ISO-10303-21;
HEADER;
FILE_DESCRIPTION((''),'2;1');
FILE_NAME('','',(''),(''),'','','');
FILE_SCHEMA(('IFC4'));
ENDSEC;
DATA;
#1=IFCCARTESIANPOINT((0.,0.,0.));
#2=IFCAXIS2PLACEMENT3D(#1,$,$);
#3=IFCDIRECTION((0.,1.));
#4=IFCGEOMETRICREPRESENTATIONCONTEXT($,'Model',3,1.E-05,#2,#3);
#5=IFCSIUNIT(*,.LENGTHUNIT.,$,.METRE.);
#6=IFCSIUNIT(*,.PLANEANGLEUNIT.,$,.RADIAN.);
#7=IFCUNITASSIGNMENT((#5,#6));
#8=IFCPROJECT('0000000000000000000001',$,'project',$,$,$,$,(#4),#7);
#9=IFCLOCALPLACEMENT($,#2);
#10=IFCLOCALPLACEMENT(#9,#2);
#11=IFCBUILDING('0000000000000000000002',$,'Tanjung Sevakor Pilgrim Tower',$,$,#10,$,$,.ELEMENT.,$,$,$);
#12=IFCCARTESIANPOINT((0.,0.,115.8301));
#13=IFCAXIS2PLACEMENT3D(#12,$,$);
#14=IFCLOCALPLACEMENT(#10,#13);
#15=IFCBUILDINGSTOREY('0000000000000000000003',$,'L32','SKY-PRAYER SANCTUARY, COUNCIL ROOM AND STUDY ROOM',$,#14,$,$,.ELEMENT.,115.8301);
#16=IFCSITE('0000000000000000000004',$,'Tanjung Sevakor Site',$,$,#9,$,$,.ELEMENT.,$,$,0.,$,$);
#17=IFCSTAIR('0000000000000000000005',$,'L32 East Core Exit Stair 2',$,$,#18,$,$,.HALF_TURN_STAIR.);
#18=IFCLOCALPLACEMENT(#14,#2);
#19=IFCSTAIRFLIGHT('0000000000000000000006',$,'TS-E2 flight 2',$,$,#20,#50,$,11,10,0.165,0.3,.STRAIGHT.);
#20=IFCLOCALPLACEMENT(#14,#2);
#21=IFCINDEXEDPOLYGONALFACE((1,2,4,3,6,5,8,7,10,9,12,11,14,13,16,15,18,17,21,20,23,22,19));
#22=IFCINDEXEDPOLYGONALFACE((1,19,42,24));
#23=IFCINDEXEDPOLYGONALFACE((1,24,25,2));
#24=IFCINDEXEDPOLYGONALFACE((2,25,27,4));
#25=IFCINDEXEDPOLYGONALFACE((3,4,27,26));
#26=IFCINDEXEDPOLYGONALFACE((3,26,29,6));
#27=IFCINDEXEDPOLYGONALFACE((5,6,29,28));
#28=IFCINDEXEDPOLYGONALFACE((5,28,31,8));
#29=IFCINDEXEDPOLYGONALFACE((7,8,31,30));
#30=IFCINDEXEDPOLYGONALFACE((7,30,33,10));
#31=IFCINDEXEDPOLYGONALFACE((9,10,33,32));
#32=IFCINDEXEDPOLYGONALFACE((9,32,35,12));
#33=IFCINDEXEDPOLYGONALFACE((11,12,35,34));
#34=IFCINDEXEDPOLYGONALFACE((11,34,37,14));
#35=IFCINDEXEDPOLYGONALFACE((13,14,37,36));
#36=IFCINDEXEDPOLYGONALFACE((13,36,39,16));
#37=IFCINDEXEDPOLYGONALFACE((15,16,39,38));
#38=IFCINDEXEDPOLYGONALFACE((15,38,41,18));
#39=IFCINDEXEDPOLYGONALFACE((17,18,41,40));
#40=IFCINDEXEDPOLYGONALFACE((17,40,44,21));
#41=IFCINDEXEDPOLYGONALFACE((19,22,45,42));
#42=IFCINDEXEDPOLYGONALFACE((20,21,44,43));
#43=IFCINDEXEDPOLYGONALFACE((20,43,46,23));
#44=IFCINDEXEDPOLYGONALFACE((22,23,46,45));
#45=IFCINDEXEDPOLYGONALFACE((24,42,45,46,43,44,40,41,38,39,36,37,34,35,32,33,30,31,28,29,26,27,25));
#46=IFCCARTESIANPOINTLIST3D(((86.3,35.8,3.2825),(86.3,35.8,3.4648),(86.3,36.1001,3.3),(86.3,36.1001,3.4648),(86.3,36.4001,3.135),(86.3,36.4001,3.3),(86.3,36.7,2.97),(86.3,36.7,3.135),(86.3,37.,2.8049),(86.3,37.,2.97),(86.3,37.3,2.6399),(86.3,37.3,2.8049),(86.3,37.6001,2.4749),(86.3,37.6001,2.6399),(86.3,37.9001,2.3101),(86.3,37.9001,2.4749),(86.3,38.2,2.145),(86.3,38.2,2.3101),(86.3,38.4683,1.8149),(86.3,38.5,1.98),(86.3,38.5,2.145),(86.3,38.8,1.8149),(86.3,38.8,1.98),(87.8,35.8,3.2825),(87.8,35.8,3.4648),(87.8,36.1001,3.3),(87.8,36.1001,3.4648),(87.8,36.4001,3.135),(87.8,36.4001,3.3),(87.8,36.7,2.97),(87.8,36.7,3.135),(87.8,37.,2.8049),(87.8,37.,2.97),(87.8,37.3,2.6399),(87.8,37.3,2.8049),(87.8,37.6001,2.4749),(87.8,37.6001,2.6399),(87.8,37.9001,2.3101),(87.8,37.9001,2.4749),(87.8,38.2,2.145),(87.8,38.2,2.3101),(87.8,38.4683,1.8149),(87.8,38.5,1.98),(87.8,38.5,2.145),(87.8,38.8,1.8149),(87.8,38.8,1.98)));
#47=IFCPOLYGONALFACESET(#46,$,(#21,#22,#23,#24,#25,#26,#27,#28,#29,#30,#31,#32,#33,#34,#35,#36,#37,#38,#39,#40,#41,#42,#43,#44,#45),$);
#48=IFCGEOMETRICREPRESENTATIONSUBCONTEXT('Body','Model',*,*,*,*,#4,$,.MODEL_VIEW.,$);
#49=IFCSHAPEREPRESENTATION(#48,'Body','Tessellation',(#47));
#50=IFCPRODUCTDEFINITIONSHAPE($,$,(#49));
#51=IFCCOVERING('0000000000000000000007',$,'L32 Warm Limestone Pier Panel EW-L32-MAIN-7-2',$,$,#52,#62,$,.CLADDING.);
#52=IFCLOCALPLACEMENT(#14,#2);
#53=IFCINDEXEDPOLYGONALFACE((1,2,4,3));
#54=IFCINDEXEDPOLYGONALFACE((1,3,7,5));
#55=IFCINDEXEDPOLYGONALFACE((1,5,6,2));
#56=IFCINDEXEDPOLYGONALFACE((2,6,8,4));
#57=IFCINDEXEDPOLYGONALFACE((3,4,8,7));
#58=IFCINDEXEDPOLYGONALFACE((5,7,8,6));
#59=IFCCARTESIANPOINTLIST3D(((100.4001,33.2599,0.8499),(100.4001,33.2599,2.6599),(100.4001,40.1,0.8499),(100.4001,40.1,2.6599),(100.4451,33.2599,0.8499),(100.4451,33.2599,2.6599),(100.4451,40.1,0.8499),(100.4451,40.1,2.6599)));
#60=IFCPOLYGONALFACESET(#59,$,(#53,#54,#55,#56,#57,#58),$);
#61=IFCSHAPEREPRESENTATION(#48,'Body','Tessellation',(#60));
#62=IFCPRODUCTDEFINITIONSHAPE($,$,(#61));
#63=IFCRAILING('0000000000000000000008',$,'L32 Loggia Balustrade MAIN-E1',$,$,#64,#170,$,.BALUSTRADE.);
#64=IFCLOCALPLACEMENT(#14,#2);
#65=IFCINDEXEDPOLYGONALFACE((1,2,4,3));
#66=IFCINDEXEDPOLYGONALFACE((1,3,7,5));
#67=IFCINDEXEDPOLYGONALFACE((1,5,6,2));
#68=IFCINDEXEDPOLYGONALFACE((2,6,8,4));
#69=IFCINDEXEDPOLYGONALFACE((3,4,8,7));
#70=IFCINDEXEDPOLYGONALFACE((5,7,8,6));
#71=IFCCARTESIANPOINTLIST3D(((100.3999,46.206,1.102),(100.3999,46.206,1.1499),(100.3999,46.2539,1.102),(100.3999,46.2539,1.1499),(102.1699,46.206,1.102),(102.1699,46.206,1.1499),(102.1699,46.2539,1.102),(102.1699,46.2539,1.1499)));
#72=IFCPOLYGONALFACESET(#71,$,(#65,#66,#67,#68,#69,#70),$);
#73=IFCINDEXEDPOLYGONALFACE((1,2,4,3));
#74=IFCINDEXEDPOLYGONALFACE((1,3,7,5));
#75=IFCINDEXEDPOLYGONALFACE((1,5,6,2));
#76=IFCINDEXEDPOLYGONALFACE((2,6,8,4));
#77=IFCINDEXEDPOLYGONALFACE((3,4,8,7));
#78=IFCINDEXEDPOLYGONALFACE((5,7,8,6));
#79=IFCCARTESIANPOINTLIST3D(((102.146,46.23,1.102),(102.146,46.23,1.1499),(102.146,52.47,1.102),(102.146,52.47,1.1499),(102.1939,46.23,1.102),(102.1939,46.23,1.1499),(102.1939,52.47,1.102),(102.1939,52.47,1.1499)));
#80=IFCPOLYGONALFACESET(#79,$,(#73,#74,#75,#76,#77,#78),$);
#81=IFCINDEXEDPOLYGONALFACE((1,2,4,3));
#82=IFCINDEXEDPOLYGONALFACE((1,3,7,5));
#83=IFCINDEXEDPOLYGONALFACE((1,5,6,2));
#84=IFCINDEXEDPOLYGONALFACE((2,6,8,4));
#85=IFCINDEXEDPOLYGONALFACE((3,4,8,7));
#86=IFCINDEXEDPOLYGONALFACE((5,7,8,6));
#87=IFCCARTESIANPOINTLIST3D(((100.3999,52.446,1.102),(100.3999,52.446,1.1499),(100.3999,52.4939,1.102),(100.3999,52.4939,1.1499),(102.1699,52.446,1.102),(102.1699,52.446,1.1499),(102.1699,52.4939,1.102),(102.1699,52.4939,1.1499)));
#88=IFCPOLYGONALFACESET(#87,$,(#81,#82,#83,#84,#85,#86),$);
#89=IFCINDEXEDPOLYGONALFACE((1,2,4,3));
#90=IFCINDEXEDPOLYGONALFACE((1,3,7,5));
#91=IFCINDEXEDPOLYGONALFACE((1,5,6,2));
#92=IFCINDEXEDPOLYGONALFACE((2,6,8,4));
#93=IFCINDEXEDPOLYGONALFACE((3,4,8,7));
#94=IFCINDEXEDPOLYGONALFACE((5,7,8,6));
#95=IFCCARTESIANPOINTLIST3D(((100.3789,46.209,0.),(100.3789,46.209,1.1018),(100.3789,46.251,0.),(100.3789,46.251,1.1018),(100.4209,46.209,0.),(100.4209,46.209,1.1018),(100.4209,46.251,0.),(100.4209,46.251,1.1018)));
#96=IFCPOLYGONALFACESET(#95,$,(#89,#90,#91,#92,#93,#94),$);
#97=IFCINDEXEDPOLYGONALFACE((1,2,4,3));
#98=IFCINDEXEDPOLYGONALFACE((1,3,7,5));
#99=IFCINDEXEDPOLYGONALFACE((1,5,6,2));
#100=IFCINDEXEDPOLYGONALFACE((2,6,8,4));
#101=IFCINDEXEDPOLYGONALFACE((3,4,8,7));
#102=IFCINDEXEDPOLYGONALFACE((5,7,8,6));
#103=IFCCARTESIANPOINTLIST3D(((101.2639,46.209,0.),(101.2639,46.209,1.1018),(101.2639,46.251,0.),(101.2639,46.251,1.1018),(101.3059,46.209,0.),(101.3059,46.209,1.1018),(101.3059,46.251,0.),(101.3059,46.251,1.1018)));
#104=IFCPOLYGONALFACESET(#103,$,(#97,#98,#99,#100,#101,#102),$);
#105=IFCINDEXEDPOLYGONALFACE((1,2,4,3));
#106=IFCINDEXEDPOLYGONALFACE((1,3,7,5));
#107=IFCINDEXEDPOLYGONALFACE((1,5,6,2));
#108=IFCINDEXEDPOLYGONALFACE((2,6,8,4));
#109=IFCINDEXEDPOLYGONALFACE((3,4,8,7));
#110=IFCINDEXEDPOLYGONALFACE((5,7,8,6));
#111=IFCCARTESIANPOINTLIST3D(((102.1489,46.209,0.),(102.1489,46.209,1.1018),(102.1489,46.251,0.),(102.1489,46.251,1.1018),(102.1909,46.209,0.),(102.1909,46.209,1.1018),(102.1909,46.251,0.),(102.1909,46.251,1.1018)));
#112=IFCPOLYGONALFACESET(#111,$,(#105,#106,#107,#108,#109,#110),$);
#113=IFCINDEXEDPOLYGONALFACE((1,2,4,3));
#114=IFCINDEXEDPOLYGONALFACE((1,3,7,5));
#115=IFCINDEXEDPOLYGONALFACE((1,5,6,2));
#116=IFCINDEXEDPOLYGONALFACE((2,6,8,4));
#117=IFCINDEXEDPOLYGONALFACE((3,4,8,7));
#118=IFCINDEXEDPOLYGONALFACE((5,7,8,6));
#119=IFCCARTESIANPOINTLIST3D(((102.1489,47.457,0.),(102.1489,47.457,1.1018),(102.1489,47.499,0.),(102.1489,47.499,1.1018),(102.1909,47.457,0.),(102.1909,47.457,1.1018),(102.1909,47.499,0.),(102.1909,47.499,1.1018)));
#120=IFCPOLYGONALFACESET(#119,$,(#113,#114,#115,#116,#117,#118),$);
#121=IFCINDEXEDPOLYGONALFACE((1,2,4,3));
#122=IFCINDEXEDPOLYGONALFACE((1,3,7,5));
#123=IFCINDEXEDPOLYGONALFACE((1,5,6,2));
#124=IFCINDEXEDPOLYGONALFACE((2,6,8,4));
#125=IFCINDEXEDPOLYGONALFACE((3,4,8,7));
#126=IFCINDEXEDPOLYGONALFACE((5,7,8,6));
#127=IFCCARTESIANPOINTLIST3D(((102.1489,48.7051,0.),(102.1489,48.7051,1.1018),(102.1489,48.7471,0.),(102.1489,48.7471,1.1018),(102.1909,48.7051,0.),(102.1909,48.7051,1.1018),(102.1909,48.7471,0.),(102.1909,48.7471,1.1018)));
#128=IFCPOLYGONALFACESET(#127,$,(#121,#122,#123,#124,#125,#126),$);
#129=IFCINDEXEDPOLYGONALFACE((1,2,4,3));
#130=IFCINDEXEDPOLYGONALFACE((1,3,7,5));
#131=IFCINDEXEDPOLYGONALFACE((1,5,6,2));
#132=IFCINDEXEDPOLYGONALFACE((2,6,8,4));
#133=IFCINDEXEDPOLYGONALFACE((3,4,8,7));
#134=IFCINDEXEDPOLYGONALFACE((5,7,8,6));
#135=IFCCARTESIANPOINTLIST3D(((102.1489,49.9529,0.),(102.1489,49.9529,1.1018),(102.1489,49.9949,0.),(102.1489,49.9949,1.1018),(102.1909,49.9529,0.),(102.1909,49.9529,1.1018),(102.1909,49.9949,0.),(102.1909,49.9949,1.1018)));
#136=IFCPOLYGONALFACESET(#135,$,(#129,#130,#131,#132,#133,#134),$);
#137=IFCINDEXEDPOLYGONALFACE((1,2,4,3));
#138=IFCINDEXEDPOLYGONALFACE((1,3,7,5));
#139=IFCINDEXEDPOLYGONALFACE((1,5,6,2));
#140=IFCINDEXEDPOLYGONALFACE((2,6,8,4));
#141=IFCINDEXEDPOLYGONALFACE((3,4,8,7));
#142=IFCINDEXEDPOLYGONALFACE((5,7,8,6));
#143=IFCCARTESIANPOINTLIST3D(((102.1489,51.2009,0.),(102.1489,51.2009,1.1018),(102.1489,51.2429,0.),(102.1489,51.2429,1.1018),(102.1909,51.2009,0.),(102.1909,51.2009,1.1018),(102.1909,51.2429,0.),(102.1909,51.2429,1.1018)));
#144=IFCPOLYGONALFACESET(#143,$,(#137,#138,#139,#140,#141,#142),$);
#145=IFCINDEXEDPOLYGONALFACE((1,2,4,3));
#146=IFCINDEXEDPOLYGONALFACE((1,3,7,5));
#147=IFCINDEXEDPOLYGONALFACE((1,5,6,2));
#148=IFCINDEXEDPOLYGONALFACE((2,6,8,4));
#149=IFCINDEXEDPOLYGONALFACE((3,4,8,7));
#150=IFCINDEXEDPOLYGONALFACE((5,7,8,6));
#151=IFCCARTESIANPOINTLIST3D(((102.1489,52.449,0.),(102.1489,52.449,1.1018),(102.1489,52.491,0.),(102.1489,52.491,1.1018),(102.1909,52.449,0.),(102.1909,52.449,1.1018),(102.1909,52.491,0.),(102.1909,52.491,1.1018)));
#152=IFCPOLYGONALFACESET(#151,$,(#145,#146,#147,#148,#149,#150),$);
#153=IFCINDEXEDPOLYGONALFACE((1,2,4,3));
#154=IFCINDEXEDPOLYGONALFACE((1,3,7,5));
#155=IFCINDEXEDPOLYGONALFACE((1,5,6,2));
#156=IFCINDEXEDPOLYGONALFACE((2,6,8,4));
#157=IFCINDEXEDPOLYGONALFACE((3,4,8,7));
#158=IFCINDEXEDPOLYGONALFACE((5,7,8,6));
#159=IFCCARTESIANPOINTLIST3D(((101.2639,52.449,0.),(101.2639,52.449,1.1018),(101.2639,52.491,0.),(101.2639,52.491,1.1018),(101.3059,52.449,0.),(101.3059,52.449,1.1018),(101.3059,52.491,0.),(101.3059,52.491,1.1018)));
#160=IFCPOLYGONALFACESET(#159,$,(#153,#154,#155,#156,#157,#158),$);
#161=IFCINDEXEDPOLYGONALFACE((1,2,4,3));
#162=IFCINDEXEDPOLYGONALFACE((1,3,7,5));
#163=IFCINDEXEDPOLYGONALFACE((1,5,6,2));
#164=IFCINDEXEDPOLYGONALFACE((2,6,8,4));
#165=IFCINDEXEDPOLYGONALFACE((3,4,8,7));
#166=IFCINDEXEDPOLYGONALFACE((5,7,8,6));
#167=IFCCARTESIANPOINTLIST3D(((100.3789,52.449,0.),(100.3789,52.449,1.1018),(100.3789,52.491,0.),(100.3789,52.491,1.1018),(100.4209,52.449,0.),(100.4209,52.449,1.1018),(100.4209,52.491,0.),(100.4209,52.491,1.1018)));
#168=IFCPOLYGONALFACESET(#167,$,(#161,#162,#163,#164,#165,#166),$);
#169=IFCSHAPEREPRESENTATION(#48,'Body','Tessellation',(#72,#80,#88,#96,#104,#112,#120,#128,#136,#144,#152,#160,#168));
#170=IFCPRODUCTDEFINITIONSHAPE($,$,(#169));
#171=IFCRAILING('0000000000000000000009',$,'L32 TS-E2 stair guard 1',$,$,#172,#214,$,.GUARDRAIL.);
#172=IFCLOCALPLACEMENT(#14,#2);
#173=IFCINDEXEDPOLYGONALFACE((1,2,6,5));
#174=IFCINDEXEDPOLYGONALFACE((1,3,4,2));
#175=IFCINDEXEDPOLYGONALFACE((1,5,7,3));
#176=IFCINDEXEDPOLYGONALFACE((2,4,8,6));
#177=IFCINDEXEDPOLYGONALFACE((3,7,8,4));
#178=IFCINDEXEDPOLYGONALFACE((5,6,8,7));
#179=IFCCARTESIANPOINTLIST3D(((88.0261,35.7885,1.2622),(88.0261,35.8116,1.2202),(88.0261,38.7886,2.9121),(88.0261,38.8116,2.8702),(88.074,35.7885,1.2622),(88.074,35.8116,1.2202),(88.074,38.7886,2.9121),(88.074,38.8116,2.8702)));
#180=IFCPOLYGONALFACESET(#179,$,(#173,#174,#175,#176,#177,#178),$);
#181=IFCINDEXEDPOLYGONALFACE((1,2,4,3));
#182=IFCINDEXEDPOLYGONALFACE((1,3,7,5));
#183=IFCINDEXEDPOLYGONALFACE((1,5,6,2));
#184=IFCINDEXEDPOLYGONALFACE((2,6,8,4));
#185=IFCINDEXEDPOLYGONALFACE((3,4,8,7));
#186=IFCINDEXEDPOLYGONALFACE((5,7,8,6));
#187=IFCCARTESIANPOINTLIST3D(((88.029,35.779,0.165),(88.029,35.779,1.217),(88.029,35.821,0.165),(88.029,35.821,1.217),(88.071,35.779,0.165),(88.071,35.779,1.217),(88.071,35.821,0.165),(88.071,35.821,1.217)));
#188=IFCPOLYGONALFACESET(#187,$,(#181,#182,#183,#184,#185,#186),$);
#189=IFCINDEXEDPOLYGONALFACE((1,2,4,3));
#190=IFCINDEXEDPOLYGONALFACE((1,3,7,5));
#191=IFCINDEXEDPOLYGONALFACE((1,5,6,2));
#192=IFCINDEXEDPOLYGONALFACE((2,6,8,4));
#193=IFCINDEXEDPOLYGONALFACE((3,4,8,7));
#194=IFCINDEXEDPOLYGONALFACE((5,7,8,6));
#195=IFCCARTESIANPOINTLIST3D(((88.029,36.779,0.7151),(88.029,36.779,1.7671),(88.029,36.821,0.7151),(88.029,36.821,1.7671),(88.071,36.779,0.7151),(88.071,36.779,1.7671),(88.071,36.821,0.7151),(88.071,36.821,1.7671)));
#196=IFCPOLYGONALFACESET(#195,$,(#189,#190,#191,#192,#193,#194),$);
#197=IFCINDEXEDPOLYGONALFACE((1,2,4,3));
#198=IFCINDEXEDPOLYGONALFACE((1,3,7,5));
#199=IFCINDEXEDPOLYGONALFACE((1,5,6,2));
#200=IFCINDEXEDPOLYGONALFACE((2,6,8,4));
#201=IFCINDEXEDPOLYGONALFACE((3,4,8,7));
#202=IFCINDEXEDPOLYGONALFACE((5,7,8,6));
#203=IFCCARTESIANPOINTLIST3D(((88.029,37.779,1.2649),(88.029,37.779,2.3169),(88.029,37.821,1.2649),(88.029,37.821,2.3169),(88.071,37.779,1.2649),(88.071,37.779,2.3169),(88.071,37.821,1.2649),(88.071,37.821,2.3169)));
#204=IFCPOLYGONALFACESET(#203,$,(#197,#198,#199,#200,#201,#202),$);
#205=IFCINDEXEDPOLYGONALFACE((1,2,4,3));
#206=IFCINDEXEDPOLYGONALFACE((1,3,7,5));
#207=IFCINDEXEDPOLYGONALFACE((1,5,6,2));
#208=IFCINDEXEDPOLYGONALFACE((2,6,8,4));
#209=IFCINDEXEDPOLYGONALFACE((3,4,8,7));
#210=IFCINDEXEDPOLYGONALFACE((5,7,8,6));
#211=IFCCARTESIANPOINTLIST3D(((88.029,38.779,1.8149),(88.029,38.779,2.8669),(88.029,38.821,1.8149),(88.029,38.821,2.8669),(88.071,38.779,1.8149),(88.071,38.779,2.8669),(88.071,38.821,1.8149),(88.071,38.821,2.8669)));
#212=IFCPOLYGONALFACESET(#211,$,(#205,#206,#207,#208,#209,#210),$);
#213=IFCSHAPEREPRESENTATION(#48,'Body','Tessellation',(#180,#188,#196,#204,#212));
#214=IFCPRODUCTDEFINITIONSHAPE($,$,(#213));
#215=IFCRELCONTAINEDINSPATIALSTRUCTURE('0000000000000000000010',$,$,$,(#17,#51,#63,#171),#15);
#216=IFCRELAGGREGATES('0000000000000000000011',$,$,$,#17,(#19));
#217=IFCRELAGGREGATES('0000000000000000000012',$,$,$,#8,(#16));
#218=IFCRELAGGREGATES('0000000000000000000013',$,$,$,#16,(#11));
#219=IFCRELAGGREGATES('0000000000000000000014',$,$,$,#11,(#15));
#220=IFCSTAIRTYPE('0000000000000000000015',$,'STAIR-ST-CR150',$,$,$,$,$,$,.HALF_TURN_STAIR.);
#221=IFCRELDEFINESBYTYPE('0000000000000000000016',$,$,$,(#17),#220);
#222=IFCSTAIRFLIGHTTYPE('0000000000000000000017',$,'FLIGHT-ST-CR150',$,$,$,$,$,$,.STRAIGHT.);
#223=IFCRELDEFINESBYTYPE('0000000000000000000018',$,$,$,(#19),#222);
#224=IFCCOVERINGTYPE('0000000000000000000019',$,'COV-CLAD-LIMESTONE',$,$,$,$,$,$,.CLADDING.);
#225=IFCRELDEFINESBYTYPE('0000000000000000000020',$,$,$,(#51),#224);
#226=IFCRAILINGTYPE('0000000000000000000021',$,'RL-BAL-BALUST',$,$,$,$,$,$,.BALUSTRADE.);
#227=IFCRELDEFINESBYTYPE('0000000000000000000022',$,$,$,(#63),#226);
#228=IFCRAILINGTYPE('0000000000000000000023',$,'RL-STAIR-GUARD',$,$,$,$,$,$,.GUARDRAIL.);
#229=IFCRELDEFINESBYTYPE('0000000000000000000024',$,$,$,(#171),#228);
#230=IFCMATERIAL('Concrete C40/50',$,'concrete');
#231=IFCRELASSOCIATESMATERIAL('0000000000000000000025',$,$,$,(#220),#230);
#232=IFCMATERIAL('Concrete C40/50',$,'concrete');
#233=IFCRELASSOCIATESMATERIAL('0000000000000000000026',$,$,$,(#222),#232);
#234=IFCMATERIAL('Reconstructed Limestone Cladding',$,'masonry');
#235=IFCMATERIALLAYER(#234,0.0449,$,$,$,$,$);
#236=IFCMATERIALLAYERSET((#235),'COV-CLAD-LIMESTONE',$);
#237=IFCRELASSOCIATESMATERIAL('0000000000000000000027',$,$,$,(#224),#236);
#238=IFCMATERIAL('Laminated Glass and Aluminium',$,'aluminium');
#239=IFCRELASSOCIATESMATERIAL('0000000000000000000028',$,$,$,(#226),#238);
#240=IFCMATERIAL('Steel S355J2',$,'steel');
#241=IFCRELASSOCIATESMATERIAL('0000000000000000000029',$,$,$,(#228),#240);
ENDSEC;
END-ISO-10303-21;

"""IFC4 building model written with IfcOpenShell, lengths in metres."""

from ifc_helpers import new_model, si_unit, direction, frame, origin, origin_2d, place, context, subcontext, project, spatial, polyline, rectangle, outline, extrude, material, layer, layer_set, type_object, element, aggregate, save


model = new_model("IFC4")

# Units and contexts
model_context = context("Model", 3, precision=1e-05, world=origin(), true_north=direction((0.0, 1.0)))
body_context = subcontext(model_context, "Body", "Model", "MODEL_VIEW")
ifc_project = project(units=[si_unit("LENGTHUNIT", "METRE"), si_unit("PLANEANGLEUNIT", "RADIAN")], contexts=[model_context])

# Site, building, storey
site_placement = place(None, origin())
site = spatial("IfcSite", under=ifc_project, at=site_placement, Name="Tanjung Sevakor Site", CompositionType="ELEMENT", RefElevation=0.0)
building_placement = place(site_placement, origin())
building = spatial("IfcBuilding", under=site, at=building_placement, Name="Tanjung Sevakor Pilgrim Tower", CompositionType="ELEMENT")
storey_placement = place(building_placement, frame((0.0, 0.0, 115.8301)))
storey = spatial("IfcBuildingStorey", under=building, at=storey_placement, Name="L32", Description="SKY-PRAYER SANCTUARY, COUNCIL ROOM AND STUDY ROOM", CompositionType="ELEMENT", Elevation=115.8301)

# Stair, stair flight
ifc_material_1 = material(Name="Concrete C40/50", Category="concrete")
stair_type = type_object("IfcStairType", Name="STAIR-ST-CR150", PredefinedType="HALF_TURN_STAIR", material=ifc_material_1)
stair_placement = place(storey_placement, origin())
stair = element("IfcStair", 1, at=stair_placement, inside=storey, type_object=stair_type, Name="L32 East Core Exit Stair 2", PredefinedType="HALF_TURN_STAIR")
ifc_material_2 = material(Name="Concrete C40/50", Category="concrete")
stair_flight_type = type_object("IfcStairFlightType", Name="FLIGHT-ST-CR150", PredefinedType="STRAIGHT", material=ifc_material_2)
stair_flight_1_placement = place(storey_placement, frame((87.05, 38.8, 1.8149), z_axis=(0.0, 0.0, 1.0), x_axis=(0.0, -1.0, 0.0)))
stair_flight_1 = element("IfcStairFlight", 2, at=stair_flight_1_placement, type_object=stair_flight_type, Name="TS-E2 flight 2", NumberOfRisers=11, NumberOfTreads=10, PredefinedType="STRAIGHT", RiserHeight=0.165, TreadLength=0.3, context=body_context, shape_type="SweptSolid", body=[
    extrude(outline(polyline([(0.0, 0.0), (0.0, 0.165), (0.3, 0.165), (0.3, 0.3301), (0.6001, 0.3301), (0.6001, 0.4951), (0.8999, 0.4951), (0.8999, 0.6599), (1.2, 0.6599), (1.2, 0.825), (1.5, 0.825), (1.5, 0.99), (1.8, 0.99), (1.8, 1.155), (2.1001, 1.155), (2.1001, 1.3201), (2.3999, 1.3201), (2.3999, 1.4851), (2.7, 1.4851), (2.7, 1.6499), (3.0, 1.6499), (3.0, 1.8149), (3.0, 1.4675), (0.3318, 0.0), (0.0, 0.0)])), frame((0.0, 0.75, 0.0), z_axis=(0.0, -1.0, 0.0), x_axis=(1.0, 0.0, 0.0)), (0.0, 0.0, 1.0), 1.5),
])
aggregate(stair, [stair_flight_1])

# Covering
ifc_material_3 = material(Name="Reconstructed Limestone Cladding", Category="masonry")
ifc_layer_1 = layer(ifc_material_3, 0.0449)
ifc_layer_set_1 = layer_set([ifc_layer_1], Name="COV-CLAD-LIMESTONE")
covering_type = type_object("IfcCoveringType", Name="COV-CLAD-LIMESTONE", PredefinedType="CLADDING", material=ifc_layer_set_1)
covering_placement = place(storey_placement, frame((100.4226, 36.6799, 0.8499), z_axis=(0.0, 0.0, 1.0), x_axis=(0.0, 1.0, 0.0)))
element("IfcCovering", 3, at=covering_placement, inside=storey, type_object=covering_type, Name="L32 Warm Limestone Pier Panel EW-L32-MAIN-7-2", PredefinedType="CLADDING", context=body_context, shape_type="SweptSolid", body=[
    extrude(rectangle(XDim=6.8401, YDim=0.0449, at=origin_2d()), origin(), (0.0, 0.0, 1.0), 1.8101),
])

# Railings
ifc_material_4 = material(Name="Laminated Glass and Aluminium", Category="aluminium")
railing_type_1 = type_object("IfcRailingType", Name="RL-BAL-BALUST", PredefinedType="BALUSTRADE", material=ifc_material_4)
railing_1_placement = place(storey_placement, frame((100.3999, 46.23, 0.0)))
element("IfcRailing", 4, at=railing_1_placement, inside=storey, type_object=railing_type_1, Name="L32 Loggia Balustrade MAIN-E1", PredefinedType="BALUSTRADE", context=body_context, shape_type="SweptSolid", body=[
    extrude(rectangle(XDim=0.0479, YDim=0.0479), frame((0.0, 0.0, 1.126), z_axis=(1.0, 0.0, 0.0), x_axis=(0.0, 1.0, 0.0)), (0.0, 0.0, 1.0), 1.77),
    extrude(rectangle(XDim=0.0479, YDim=0.0479), frame((1.77, 0.0, 1.126), z_axis=(0.0, 1.0, 0.0), x_axis=(-1.0, 0.0, 0.0)), (0.0, 0.0, 1.0), 6.24),
    extrude(rectangle(XDim=0.0479, YDim=0.0479), frame((1.77, 6.24, 1.126), z_axis=(-1.0, 0.0, 0.0), x_axis=(0.0, -1.0, 0.0)), (0.0, 0.0, 1.0), 1.77),
    extrude(rectangle(XDim=0.042, YDim=0.042), origin(), (0.0, 0.0, 1.0), 1.1018),
    extrude(rectangle(XDim=0.042, YDim=0.042), frame((0.885, 0.0, 0.0)), (0.0, 0.0, 1.0), 1.1018),
    extrude(rectangle(XDim=0.042, YDim=0.042), frame((1.77, 0.0, 0.0)), (0.0, 0.0, 1.0), 1.1018),
    extrude(rectangle(XDim=0.042, YDim=0.042), frame((1.77, 1.248, 0.0)), (0.0, 0.0, 1.0), 1.1018),
    extrude(rectangle(XDim=0.042, YDim=0.042), frame((1.77, 2.4961, 0.0)), (0.0, 0.0, 1.0), 1.1018),
    extrude(rectangle(XDim=0.042, YDim=0.042), frame((1.77, 3.7439, 0.0)), (0.0, 0.0, 1.0), 1.1018),
    extrude(rectangle(XDim=0.042, YDim=0.042), frame((1.77, 4.9919, 0.0)), (0.0, 0.0, 1.0), 1.1018),
    extrude(rectangle(XDim=0.042, YDim=0.042), frame((1.77, 6.24, 0.0)), (0.0, 0.0, 1.0), 1.1018),
    extrude(rectangle(XDim=0.042, YDim=0.042), frame((0.885, 6.24, 0.0)), (0.0, 0.0, 1.0), 1.1018),
    extrude(rectangle(XDim=0.042, YDim=0.042), frame((0.0, 6.24, 0.0)), (0.0, 0.0, 1.0), 1.1018),
])
ifc_material_5 = material(Name="Steel S355J2", Category="steel")
railing_type_2 = type_object("IfcRailingType", Name="RL-STAIR-GUARD", PredefinedType="GUARDRAIL", material=ifc_material_5)
railing_2_placement = place(storey_placement, frame((88.05, 35.8, 0.165)))
element("IfcRailing", 5, at=railing_2_placement, inside=storey, type_object=railing_type_2, Name="L32 TS-E2 stair guard 1", PredefinedType="GUARDRAIL", context=body_context, shape_type="SweptSolid", body=[
    extrude(rectangle(XDim=0.0479, YDim=0.0479), frame((0.0, 0.0, 1.0762), z_axis=(0.0, 0.876228, 0.481897), x_axis=(-1.0, 0.0, 0.0)), (0.0, 0.0, 1.0), 3.4238),
    extrude(rectangle(XDim=0.042, YDim=0.042), origin(), (0.0, 0.0, 1.0), 1.052),
    extrude(rectangle(XDim=0.042, YDim=0.042), frame((0.0, 1.0, 0.55)), (0.0, 0.0, 1.0), 1.052),
    extrude(rectangle(XDim=0.042, YDim=0.042), frame((0.0, 2.0, 1.0999)), (0.0, 0.0, 1.0), 1.052),
    extrude(rectangle(XDim=0.042, YDim=0.042), frame((0.0, 3.0, 1.6499)), (0.0, 0.0, 1.0), 1.052),
])

save(model, "model.ifc")
